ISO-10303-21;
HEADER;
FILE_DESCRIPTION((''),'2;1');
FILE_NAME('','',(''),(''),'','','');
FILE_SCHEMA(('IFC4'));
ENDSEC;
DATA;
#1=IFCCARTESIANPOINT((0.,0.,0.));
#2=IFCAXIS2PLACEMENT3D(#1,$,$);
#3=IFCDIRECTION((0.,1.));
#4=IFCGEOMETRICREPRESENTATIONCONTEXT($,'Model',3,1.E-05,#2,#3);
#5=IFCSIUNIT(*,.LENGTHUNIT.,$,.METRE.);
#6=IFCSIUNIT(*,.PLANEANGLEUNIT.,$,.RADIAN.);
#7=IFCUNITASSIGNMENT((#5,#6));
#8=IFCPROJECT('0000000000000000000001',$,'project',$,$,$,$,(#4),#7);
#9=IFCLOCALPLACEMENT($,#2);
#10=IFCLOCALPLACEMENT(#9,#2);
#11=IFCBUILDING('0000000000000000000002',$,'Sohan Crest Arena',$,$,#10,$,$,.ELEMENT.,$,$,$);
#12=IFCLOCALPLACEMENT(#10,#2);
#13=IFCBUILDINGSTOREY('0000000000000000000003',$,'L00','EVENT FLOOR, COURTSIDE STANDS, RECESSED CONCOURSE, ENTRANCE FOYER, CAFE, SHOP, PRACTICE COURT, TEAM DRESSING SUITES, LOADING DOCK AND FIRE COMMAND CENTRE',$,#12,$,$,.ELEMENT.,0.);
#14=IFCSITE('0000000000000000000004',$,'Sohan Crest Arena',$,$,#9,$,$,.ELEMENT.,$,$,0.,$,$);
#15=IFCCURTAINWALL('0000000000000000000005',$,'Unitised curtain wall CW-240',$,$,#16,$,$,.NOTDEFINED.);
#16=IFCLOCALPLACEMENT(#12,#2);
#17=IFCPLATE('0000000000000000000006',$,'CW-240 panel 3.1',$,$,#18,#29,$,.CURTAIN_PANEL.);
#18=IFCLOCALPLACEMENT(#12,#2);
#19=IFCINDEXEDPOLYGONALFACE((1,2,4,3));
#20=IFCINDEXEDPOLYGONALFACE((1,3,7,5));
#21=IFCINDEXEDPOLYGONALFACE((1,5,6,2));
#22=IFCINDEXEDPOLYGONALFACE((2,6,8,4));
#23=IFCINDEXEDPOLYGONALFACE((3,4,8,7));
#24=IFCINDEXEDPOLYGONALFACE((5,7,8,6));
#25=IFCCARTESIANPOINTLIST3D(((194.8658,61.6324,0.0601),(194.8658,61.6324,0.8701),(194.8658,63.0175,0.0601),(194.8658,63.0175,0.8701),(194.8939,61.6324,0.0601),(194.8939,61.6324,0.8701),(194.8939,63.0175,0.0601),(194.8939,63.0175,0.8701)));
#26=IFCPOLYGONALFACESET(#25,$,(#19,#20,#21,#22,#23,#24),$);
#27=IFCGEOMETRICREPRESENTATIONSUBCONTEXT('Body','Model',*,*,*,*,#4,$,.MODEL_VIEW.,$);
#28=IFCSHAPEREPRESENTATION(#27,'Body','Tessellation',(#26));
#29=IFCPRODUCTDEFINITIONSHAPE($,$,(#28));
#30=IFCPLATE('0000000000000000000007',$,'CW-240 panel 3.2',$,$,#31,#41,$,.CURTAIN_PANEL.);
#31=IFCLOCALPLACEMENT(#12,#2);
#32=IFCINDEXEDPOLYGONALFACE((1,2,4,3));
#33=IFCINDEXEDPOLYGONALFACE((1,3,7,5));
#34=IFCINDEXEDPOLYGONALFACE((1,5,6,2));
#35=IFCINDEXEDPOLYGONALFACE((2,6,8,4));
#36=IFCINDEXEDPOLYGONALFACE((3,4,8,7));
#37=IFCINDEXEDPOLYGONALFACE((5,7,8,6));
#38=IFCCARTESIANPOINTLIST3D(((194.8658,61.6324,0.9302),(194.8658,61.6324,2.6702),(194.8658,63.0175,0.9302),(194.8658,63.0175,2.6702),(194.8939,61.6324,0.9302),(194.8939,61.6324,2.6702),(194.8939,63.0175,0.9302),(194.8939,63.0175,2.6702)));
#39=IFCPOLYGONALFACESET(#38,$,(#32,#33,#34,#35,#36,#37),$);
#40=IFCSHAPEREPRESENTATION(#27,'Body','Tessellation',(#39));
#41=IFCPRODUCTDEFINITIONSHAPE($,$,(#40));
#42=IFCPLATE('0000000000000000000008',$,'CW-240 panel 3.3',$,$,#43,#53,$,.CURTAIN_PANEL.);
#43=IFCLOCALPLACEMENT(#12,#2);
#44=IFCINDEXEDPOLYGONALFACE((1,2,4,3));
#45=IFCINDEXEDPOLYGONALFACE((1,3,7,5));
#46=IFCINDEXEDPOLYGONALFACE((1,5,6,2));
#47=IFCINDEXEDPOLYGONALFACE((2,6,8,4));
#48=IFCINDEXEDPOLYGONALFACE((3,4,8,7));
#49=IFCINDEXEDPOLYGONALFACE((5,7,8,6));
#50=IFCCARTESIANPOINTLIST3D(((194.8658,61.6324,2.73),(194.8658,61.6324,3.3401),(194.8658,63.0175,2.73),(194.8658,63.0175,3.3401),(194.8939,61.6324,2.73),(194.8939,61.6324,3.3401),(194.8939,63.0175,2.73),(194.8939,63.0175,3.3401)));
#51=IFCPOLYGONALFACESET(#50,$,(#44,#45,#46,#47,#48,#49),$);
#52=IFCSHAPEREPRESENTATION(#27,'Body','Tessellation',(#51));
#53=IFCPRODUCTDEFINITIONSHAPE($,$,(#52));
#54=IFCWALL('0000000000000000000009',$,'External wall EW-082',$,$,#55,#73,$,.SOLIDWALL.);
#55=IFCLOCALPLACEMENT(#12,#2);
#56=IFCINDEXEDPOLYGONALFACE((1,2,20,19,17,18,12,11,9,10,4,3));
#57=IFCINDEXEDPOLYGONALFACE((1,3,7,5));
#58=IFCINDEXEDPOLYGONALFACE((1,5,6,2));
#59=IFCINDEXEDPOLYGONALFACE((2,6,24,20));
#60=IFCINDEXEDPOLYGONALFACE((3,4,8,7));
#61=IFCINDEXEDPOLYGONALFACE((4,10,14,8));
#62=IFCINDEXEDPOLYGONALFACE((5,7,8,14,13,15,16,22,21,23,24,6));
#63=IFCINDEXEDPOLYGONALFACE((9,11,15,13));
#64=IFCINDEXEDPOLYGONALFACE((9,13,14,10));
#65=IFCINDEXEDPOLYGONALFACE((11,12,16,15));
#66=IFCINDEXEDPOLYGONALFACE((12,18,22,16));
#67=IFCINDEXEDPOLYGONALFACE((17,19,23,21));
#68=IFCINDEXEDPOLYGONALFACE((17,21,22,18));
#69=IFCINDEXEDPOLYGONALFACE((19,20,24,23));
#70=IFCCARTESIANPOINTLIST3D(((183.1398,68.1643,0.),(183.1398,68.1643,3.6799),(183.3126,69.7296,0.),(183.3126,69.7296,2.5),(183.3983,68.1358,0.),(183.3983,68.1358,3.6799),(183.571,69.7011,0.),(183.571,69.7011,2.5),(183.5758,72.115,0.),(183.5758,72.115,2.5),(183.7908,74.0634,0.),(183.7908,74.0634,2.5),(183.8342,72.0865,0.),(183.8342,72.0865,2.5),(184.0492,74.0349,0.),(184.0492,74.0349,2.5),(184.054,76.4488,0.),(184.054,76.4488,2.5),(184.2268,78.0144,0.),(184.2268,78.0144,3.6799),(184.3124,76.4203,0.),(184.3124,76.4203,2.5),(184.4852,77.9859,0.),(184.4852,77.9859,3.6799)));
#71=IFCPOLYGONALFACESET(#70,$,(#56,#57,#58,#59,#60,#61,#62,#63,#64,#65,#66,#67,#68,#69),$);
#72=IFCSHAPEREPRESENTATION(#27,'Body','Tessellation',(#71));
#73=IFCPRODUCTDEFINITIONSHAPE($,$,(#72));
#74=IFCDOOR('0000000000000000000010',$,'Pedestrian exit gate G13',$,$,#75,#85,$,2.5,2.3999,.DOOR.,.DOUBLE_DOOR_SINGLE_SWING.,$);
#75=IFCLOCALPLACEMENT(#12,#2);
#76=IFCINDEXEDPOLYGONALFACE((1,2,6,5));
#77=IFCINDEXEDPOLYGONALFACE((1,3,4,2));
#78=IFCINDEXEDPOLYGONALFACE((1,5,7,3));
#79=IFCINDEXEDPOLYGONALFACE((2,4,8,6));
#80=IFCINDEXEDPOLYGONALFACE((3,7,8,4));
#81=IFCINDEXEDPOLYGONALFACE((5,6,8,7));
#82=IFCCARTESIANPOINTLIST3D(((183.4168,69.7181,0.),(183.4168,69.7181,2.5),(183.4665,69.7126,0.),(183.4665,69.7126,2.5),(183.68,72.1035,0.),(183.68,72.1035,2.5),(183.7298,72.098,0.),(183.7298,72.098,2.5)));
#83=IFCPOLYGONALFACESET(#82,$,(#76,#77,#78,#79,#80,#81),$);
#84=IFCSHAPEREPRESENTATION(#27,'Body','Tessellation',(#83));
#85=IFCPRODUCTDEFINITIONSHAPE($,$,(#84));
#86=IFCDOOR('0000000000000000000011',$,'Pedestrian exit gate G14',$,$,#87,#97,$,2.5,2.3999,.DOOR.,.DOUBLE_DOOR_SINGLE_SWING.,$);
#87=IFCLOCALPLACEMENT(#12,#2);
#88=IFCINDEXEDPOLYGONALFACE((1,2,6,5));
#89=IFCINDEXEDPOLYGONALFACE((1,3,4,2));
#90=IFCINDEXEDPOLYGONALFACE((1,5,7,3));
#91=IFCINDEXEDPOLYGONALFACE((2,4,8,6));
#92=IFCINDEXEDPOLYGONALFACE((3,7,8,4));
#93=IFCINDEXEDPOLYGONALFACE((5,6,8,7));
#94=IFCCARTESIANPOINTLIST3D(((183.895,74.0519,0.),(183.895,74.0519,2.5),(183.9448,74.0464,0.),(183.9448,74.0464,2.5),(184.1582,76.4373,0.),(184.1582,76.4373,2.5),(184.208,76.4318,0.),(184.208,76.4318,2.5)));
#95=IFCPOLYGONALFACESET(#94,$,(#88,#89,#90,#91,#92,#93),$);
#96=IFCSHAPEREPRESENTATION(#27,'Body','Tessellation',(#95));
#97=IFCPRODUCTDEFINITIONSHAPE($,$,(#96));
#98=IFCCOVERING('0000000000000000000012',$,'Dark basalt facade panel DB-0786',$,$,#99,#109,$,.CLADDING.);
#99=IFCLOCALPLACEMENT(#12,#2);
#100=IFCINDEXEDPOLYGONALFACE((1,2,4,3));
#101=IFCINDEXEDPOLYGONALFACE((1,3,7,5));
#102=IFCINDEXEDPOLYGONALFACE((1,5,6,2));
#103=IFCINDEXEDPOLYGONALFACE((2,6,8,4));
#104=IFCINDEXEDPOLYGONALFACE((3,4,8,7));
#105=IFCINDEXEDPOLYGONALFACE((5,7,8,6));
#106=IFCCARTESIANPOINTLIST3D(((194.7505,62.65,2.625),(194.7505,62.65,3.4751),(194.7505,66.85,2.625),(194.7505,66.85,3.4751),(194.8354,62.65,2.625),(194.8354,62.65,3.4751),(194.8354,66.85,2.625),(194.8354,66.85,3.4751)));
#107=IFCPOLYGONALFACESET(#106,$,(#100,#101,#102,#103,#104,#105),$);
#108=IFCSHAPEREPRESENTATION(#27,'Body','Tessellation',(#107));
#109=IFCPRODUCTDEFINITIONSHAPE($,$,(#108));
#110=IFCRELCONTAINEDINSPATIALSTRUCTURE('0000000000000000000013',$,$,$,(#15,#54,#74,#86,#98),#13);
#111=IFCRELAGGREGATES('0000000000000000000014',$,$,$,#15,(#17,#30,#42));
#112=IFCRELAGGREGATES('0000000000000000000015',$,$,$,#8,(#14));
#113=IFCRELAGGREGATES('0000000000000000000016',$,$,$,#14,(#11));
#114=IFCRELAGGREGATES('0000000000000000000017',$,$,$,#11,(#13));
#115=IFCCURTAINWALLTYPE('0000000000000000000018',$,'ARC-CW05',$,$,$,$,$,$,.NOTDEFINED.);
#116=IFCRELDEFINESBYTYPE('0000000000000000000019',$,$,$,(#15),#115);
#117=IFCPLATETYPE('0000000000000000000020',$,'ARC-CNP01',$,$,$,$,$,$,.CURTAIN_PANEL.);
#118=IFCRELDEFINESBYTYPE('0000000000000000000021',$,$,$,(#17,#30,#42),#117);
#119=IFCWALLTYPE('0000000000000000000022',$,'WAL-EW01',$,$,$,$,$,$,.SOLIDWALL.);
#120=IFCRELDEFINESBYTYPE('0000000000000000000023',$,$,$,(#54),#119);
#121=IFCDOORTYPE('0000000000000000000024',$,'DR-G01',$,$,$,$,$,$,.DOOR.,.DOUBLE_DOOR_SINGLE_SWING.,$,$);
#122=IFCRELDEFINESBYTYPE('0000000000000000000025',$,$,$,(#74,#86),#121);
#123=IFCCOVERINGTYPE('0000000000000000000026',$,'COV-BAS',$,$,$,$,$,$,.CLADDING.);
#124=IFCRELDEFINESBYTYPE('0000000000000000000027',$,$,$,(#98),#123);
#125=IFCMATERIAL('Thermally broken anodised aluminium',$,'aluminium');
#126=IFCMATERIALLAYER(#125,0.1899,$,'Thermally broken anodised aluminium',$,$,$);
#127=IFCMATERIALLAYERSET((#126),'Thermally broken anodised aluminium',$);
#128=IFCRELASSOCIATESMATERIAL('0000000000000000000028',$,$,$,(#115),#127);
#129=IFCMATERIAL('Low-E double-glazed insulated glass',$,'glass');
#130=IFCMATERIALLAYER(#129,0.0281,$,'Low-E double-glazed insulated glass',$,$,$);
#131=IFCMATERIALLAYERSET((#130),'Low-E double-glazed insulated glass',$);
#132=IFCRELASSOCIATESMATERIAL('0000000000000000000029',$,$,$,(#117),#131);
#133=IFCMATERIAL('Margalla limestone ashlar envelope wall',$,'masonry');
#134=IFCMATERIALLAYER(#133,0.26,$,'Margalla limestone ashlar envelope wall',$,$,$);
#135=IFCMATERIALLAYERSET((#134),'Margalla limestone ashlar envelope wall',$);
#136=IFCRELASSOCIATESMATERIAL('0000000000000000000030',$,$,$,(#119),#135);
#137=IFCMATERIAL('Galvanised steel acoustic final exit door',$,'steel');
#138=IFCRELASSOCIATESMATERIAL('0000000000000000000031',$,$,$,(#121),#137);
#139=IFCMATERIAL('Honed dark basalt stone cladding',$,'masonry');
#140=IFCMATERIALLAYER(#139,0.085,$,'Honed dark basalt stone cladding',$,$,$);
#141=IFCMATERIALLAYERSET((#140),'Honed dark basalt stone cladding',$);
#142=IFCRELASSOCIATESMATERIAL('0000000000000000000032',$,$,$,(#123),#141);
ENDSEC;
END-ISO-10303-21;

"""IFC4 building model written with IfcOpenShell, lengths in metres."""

from ifc_helpers import new_model, si_unit, direction, frame, frame_2d, origin, origin_2d, place, context, subcontext, project, spatial, rectangle, extrude, material, layer, layer_set, type_object, element, fill, aggregate, save


model = new_model("IFC4")

# Units and contexts
model_context = context("Model", 3, precision=1e-05, world=origin(), true_north=direction((0.0, 1.0)))
body_context = subcontext(model_context, "Body", "Model", "MODEL_VIEW")
ifc_project = project(units=[si_unit("LENGTHUNIT", "METRE"), si_unit("PLANEANGLEUNIT", "RADIAN")], contexts=[model_context])

# Site, building, storey
site_placement = place(None, origin())
site = spatial("IfcSite", under=ifc_project, at=site_placement, Name="Sohan Crest Arena", CompositionType="ELEMENT", RefElevation=0.0)
building_placement = place(site_placement, origin())
building = spatial("IfcBuilding", under=site, at=building_placement, Name="Sohan Crest Arena", CompositionType="ELEMENT")
storey_placement = place(building_placement, origin())
storey = spatial("IfcBuildingStorey", under=building, at=storey_placement, Name="L00", Description="EVENT FLOOR, COURTSIDE STANDS, RECESSED CONCOURSE, ENTRANCE FOYER, CAFE, SHOP, PRACTICE COURT, TEAM DRESSING SUITES, LOADING DOCK AND FIRE COMMAND CENTRE", CompositionType="ELEMENT", Elevation=0.0)

# Shared definitions
ifc_material_1 = material(Name="Thermally broken anodised aluminium", Category="aluminium")
ifc_layer_1 = layer(ifc_material_1, 0.1899, Name="Thermally broken anodised aluminium")
ifc_layer_set_1 = layer_set([ifc_layer_1], Name="Thermally broken anodised aluminium")
curtain_wall_type = type_object("IfcCurtainWallType", Name="ARC-CW05", PredefinedType="NOTDEFINED", material=ifc_layer_set_1)

# Curtain wall
curtain_wall_1_placement = place(storey_placement, origin())
curtain_wall_1 = element("IfcCurtainWall", 1, at=curtain_wall_1_placement, inside=storey, type_object=curtain_wall_type, Name="Unitised curtain wall CW-240", PredefinedType="NOTDEFINED")

# Plates
ifc_material_2 = material(Name="Low-E double-glazed insulated glass", Category="glass")
ifc_layer_2 = layer(ifc_material_2, 0.0281, Name="Low-E double-glazed insulated glass")
ifc_layer_set_2 = layer_set([ifc_layer_2], Name="Low-E double-glazed insulated glass")
plate_type = type_object("IfcPlateType", Name="ARC-CNP01", PredefinedType="CURTAIN_PANEL", material=ifc_layer_set_2)
plate_1_placement = place(storey_placement, frame((194.8799, 62.325, 0.0601), z_axis=(0.0, 0.0, 1.0), x_axis=(0.0, 1.0, 0.0)))
plate_1 = element("IfcPlate", 2, at=plate_1_placement, type_object=plate_type, Name="CW-240 panel 3.1", PredefinedType="CURTAIN_PANEL", context=body_context, shape_type="SweptSolid", body=[
    extrude(rectangle(XDim=1.385, YDim=0.0281, at=origin_2d()), origin(), (0.0, 0.0, 1.0), 0.8101),
])
plate_2_placement = place(storey_placement, frame((194.8799, 62.325, 0.9302), z_axis=(0.0, 0.0, 1.0), x_axis=(0.0, 1.0, 0.0)))
plate_2 = element("IfcPlate", 3, at=plate_2_placement, type_object=plate_type, Name="CW-240 panel 3.2", PredefinedType="CURTAIN_PANEL", context=body_context, shape_type="SweptSolid", body=[
    extrude(rectangle(XDim=1.385, YDim=0.0281, at=origin_2d()), origin(), (0.0, 0.0, 1.0), 1.74),
])
plate_3_placement = place(storey_placement, frame((194.8799, 62.325, 2.73), z_axis=(0.0, 0.0, 1.0), x_axis=(0.0, 1.0, 0.0)))
plate_3 = element("IfcPlate", 4, at=plate_3_placement, type_object=plate_type, Name="CW-240 panel 3.3", PredefinedType="CURTAIN_PANEL", context=body_context, shape_type="SweptSolid", body=[
    extrude(rectangle(XDim=1.385, YDim=0.0281, at=origin_2d()), origin(), (0.0, 0.0, 1.0), 0.6101),
])
aggregate(curtain_wall_1, [plate_1, plate_2, plate_3])

# Wall, openings, doors
ifc_material_3 = material(Name="Margalla limestone ashlar envelope wall", Category="masonry")
ifc_layer_3 = layer(ifc_material_3, 0.26, Name="Margalla limestone ashlar envelope wall")
ifc_layer_set_3 = layer_set([ifc_layer_3], Name="Margalla limestone ashlar envelope wall")
wall_type = type_object("IfcWallType", Name="WAL-EW01", PredefinedType="SOLIDWALL", material=ifc_layer_set_3)
wall_placement = place(storey_placement, frame((183.269, 68.1499, 0.0), z_axis=(0.0, 0.0, 1.0), x_axis=(0.10968, 0.993967, 0.0)))
wall = element("IfcWall", 5, at=wall_placement, inside=storey, type_object=wall_type, Name="External wall EW-082", PredefinedType="SOLIDWALL", context=body_context, shape_type="SweptSolid", body=[
    extrude(rectangle(XDim=9.9099, YDim=0.26, at=frame_2d((4.9551, 0.0))), origin(), (0.0, 0.0, 1.0), 3.6799),
])
opening_1_placement = place(wall_placement, frame((1.575, 0.0, 0.0)))
opening_1 = element("IfcOpeningElement", 6, at=opening_1_placement, cuts=wall, PredefinedType="OPENING", context=body_context, shape_type="SweptSolid", body=[
    extrude(rectangle(XDim=2.3999, YDim=2.5, at=frame_2d((1.2, 1.25))), frame((0.0, 0.1399, 0.0), z_axis=(0.0, -1.0, 0.0), x_axis=(1.0, 0.0, 0.0)), (0.0, 0.0, 1.0), 0.28),
])
opening_2_placement = place(wall_placement, frame((5.9351, 0.0, 0.0)))
opening_2 = element("IfcOpeningElement", 7, at=opening_2_placement, cuts=wall, PredefinedType="OPENING", context=body_context, shape_type="SweptSolid", body=[
    extrude(rectangle(XDim=2.3999, YDim=2.5, at=frame_2d((1.2, 1.25))), frame((0.0, 0.1399, 0.0), z_axis=(0.0, -1.0, 0.0), x_axis=(1.0, 0.0, 0.0)), (0.0, 0.0, 1.0), 0.28),
])
ifc_material_4 = material(Name="Galvanised steel acoustic final exit door", Category="steel")
door_type = type_object("IfcDoorType", Name="DR-G01", OperationType="DOUBLE_DOOR_SINGLE_SWING", PredefinedType="DOOR", material=ifc_material_4)
door_1_placement = place(opening_1_placement, frame((2.3999, 0.0, 0.0), z_axis=(0.0, 0.0, 1.0), x_axis=(-1.0, 0.0, 0.0)))
door_1 = element("IfcDoor", 8, at=door_1_placement, inside=storey, type_object=door_type, Name="Pedestrian exit gate G13", OperationType="DOUBLE_DOOR_SINGLE_SWING", OverallHeight=2.5, OverallWidth=2.3999, PredefinedType="DOOR", context=body_context, shape_type="SweptSolid", body=[
    extrude(rectangle(XDim=2.3999, YDim=2.5, at=frame_2d((1.2, 1.25))), frame((0.0, 0.0249, 0.0), z_axis=(0.0, -1.0, 0.0), x_axis=(1.0, 0.0, 0.0)), (0.0, 0.0, 1.0), 0.05),
])
fill(opening_1, door_1)
door_2_placement = place(opening_2_placement, frame((2.3999, 0.0, 0.0), z_axis=(0.0, 0.0, 1.0), x_axis=(-1.0, 0.0, 0.0)))
door_2 = element("IfcDoor", 9, at=door_2_placement, inside=storey, type_object=door_type, Name="Pedestrian exit gate G14", OperationType="DOUBLE_DOOR_SINGLE_SWING", OverallHeight=2.5, OverallWidth=2.3999, PredefinedType="DOOR", context=body_context, shape_type="SweptSolid", body=[
    extrude(rectangle(XDim=2.3999, YDim=2.5, at=frame_2d((1.2, 1.25))), frame((0.0, 0.0249, 0.0), z_axis=(0.0, -1.0, 0.0), x_axis=(1.0, 0.0, 0.0)), (0.0, 0.0, 1.0), 0.05),
])
fill(opening_2, door_2)

# Covering
ifc_material_5 = material(Name="Honed dark basalt stone cladding", Category="masonry")
ifc_layer_4 = layer(ifc_material_5, 0.085, Name="Honed dark basalt stone cladding")
ifc_layer_set_4 = layer_set([ifc_layer_4], Name="Honed dark basalt stone cladding")
covering_type = type_object("IfcCoveringType", Name="COV-BAS", PredefinedType="CLADDING", material=ifc_layer_set_4)
covering_placement = place(storey_placement, frame((194.793, 64.75, 2.625), z_axis=(0.0, 0.0, 1.0), x_axis=(0.0, -1.0, 0.0)))
element("IfcCovering", 10, at=covering_placement, inside=storey, type_object=covering_type, Name="Dark basalt facade panel DB-0786", PredefinedType="CLADDING", context=body_context, shape_type="SweptSolid", body=[
    extrude(rectangle(XDim=4.2, YDim=0.085, at=origin_2d()), origin(), (0.0, 0.0, 1.0), 0.8501),
])

save(model, "model.ifc")
